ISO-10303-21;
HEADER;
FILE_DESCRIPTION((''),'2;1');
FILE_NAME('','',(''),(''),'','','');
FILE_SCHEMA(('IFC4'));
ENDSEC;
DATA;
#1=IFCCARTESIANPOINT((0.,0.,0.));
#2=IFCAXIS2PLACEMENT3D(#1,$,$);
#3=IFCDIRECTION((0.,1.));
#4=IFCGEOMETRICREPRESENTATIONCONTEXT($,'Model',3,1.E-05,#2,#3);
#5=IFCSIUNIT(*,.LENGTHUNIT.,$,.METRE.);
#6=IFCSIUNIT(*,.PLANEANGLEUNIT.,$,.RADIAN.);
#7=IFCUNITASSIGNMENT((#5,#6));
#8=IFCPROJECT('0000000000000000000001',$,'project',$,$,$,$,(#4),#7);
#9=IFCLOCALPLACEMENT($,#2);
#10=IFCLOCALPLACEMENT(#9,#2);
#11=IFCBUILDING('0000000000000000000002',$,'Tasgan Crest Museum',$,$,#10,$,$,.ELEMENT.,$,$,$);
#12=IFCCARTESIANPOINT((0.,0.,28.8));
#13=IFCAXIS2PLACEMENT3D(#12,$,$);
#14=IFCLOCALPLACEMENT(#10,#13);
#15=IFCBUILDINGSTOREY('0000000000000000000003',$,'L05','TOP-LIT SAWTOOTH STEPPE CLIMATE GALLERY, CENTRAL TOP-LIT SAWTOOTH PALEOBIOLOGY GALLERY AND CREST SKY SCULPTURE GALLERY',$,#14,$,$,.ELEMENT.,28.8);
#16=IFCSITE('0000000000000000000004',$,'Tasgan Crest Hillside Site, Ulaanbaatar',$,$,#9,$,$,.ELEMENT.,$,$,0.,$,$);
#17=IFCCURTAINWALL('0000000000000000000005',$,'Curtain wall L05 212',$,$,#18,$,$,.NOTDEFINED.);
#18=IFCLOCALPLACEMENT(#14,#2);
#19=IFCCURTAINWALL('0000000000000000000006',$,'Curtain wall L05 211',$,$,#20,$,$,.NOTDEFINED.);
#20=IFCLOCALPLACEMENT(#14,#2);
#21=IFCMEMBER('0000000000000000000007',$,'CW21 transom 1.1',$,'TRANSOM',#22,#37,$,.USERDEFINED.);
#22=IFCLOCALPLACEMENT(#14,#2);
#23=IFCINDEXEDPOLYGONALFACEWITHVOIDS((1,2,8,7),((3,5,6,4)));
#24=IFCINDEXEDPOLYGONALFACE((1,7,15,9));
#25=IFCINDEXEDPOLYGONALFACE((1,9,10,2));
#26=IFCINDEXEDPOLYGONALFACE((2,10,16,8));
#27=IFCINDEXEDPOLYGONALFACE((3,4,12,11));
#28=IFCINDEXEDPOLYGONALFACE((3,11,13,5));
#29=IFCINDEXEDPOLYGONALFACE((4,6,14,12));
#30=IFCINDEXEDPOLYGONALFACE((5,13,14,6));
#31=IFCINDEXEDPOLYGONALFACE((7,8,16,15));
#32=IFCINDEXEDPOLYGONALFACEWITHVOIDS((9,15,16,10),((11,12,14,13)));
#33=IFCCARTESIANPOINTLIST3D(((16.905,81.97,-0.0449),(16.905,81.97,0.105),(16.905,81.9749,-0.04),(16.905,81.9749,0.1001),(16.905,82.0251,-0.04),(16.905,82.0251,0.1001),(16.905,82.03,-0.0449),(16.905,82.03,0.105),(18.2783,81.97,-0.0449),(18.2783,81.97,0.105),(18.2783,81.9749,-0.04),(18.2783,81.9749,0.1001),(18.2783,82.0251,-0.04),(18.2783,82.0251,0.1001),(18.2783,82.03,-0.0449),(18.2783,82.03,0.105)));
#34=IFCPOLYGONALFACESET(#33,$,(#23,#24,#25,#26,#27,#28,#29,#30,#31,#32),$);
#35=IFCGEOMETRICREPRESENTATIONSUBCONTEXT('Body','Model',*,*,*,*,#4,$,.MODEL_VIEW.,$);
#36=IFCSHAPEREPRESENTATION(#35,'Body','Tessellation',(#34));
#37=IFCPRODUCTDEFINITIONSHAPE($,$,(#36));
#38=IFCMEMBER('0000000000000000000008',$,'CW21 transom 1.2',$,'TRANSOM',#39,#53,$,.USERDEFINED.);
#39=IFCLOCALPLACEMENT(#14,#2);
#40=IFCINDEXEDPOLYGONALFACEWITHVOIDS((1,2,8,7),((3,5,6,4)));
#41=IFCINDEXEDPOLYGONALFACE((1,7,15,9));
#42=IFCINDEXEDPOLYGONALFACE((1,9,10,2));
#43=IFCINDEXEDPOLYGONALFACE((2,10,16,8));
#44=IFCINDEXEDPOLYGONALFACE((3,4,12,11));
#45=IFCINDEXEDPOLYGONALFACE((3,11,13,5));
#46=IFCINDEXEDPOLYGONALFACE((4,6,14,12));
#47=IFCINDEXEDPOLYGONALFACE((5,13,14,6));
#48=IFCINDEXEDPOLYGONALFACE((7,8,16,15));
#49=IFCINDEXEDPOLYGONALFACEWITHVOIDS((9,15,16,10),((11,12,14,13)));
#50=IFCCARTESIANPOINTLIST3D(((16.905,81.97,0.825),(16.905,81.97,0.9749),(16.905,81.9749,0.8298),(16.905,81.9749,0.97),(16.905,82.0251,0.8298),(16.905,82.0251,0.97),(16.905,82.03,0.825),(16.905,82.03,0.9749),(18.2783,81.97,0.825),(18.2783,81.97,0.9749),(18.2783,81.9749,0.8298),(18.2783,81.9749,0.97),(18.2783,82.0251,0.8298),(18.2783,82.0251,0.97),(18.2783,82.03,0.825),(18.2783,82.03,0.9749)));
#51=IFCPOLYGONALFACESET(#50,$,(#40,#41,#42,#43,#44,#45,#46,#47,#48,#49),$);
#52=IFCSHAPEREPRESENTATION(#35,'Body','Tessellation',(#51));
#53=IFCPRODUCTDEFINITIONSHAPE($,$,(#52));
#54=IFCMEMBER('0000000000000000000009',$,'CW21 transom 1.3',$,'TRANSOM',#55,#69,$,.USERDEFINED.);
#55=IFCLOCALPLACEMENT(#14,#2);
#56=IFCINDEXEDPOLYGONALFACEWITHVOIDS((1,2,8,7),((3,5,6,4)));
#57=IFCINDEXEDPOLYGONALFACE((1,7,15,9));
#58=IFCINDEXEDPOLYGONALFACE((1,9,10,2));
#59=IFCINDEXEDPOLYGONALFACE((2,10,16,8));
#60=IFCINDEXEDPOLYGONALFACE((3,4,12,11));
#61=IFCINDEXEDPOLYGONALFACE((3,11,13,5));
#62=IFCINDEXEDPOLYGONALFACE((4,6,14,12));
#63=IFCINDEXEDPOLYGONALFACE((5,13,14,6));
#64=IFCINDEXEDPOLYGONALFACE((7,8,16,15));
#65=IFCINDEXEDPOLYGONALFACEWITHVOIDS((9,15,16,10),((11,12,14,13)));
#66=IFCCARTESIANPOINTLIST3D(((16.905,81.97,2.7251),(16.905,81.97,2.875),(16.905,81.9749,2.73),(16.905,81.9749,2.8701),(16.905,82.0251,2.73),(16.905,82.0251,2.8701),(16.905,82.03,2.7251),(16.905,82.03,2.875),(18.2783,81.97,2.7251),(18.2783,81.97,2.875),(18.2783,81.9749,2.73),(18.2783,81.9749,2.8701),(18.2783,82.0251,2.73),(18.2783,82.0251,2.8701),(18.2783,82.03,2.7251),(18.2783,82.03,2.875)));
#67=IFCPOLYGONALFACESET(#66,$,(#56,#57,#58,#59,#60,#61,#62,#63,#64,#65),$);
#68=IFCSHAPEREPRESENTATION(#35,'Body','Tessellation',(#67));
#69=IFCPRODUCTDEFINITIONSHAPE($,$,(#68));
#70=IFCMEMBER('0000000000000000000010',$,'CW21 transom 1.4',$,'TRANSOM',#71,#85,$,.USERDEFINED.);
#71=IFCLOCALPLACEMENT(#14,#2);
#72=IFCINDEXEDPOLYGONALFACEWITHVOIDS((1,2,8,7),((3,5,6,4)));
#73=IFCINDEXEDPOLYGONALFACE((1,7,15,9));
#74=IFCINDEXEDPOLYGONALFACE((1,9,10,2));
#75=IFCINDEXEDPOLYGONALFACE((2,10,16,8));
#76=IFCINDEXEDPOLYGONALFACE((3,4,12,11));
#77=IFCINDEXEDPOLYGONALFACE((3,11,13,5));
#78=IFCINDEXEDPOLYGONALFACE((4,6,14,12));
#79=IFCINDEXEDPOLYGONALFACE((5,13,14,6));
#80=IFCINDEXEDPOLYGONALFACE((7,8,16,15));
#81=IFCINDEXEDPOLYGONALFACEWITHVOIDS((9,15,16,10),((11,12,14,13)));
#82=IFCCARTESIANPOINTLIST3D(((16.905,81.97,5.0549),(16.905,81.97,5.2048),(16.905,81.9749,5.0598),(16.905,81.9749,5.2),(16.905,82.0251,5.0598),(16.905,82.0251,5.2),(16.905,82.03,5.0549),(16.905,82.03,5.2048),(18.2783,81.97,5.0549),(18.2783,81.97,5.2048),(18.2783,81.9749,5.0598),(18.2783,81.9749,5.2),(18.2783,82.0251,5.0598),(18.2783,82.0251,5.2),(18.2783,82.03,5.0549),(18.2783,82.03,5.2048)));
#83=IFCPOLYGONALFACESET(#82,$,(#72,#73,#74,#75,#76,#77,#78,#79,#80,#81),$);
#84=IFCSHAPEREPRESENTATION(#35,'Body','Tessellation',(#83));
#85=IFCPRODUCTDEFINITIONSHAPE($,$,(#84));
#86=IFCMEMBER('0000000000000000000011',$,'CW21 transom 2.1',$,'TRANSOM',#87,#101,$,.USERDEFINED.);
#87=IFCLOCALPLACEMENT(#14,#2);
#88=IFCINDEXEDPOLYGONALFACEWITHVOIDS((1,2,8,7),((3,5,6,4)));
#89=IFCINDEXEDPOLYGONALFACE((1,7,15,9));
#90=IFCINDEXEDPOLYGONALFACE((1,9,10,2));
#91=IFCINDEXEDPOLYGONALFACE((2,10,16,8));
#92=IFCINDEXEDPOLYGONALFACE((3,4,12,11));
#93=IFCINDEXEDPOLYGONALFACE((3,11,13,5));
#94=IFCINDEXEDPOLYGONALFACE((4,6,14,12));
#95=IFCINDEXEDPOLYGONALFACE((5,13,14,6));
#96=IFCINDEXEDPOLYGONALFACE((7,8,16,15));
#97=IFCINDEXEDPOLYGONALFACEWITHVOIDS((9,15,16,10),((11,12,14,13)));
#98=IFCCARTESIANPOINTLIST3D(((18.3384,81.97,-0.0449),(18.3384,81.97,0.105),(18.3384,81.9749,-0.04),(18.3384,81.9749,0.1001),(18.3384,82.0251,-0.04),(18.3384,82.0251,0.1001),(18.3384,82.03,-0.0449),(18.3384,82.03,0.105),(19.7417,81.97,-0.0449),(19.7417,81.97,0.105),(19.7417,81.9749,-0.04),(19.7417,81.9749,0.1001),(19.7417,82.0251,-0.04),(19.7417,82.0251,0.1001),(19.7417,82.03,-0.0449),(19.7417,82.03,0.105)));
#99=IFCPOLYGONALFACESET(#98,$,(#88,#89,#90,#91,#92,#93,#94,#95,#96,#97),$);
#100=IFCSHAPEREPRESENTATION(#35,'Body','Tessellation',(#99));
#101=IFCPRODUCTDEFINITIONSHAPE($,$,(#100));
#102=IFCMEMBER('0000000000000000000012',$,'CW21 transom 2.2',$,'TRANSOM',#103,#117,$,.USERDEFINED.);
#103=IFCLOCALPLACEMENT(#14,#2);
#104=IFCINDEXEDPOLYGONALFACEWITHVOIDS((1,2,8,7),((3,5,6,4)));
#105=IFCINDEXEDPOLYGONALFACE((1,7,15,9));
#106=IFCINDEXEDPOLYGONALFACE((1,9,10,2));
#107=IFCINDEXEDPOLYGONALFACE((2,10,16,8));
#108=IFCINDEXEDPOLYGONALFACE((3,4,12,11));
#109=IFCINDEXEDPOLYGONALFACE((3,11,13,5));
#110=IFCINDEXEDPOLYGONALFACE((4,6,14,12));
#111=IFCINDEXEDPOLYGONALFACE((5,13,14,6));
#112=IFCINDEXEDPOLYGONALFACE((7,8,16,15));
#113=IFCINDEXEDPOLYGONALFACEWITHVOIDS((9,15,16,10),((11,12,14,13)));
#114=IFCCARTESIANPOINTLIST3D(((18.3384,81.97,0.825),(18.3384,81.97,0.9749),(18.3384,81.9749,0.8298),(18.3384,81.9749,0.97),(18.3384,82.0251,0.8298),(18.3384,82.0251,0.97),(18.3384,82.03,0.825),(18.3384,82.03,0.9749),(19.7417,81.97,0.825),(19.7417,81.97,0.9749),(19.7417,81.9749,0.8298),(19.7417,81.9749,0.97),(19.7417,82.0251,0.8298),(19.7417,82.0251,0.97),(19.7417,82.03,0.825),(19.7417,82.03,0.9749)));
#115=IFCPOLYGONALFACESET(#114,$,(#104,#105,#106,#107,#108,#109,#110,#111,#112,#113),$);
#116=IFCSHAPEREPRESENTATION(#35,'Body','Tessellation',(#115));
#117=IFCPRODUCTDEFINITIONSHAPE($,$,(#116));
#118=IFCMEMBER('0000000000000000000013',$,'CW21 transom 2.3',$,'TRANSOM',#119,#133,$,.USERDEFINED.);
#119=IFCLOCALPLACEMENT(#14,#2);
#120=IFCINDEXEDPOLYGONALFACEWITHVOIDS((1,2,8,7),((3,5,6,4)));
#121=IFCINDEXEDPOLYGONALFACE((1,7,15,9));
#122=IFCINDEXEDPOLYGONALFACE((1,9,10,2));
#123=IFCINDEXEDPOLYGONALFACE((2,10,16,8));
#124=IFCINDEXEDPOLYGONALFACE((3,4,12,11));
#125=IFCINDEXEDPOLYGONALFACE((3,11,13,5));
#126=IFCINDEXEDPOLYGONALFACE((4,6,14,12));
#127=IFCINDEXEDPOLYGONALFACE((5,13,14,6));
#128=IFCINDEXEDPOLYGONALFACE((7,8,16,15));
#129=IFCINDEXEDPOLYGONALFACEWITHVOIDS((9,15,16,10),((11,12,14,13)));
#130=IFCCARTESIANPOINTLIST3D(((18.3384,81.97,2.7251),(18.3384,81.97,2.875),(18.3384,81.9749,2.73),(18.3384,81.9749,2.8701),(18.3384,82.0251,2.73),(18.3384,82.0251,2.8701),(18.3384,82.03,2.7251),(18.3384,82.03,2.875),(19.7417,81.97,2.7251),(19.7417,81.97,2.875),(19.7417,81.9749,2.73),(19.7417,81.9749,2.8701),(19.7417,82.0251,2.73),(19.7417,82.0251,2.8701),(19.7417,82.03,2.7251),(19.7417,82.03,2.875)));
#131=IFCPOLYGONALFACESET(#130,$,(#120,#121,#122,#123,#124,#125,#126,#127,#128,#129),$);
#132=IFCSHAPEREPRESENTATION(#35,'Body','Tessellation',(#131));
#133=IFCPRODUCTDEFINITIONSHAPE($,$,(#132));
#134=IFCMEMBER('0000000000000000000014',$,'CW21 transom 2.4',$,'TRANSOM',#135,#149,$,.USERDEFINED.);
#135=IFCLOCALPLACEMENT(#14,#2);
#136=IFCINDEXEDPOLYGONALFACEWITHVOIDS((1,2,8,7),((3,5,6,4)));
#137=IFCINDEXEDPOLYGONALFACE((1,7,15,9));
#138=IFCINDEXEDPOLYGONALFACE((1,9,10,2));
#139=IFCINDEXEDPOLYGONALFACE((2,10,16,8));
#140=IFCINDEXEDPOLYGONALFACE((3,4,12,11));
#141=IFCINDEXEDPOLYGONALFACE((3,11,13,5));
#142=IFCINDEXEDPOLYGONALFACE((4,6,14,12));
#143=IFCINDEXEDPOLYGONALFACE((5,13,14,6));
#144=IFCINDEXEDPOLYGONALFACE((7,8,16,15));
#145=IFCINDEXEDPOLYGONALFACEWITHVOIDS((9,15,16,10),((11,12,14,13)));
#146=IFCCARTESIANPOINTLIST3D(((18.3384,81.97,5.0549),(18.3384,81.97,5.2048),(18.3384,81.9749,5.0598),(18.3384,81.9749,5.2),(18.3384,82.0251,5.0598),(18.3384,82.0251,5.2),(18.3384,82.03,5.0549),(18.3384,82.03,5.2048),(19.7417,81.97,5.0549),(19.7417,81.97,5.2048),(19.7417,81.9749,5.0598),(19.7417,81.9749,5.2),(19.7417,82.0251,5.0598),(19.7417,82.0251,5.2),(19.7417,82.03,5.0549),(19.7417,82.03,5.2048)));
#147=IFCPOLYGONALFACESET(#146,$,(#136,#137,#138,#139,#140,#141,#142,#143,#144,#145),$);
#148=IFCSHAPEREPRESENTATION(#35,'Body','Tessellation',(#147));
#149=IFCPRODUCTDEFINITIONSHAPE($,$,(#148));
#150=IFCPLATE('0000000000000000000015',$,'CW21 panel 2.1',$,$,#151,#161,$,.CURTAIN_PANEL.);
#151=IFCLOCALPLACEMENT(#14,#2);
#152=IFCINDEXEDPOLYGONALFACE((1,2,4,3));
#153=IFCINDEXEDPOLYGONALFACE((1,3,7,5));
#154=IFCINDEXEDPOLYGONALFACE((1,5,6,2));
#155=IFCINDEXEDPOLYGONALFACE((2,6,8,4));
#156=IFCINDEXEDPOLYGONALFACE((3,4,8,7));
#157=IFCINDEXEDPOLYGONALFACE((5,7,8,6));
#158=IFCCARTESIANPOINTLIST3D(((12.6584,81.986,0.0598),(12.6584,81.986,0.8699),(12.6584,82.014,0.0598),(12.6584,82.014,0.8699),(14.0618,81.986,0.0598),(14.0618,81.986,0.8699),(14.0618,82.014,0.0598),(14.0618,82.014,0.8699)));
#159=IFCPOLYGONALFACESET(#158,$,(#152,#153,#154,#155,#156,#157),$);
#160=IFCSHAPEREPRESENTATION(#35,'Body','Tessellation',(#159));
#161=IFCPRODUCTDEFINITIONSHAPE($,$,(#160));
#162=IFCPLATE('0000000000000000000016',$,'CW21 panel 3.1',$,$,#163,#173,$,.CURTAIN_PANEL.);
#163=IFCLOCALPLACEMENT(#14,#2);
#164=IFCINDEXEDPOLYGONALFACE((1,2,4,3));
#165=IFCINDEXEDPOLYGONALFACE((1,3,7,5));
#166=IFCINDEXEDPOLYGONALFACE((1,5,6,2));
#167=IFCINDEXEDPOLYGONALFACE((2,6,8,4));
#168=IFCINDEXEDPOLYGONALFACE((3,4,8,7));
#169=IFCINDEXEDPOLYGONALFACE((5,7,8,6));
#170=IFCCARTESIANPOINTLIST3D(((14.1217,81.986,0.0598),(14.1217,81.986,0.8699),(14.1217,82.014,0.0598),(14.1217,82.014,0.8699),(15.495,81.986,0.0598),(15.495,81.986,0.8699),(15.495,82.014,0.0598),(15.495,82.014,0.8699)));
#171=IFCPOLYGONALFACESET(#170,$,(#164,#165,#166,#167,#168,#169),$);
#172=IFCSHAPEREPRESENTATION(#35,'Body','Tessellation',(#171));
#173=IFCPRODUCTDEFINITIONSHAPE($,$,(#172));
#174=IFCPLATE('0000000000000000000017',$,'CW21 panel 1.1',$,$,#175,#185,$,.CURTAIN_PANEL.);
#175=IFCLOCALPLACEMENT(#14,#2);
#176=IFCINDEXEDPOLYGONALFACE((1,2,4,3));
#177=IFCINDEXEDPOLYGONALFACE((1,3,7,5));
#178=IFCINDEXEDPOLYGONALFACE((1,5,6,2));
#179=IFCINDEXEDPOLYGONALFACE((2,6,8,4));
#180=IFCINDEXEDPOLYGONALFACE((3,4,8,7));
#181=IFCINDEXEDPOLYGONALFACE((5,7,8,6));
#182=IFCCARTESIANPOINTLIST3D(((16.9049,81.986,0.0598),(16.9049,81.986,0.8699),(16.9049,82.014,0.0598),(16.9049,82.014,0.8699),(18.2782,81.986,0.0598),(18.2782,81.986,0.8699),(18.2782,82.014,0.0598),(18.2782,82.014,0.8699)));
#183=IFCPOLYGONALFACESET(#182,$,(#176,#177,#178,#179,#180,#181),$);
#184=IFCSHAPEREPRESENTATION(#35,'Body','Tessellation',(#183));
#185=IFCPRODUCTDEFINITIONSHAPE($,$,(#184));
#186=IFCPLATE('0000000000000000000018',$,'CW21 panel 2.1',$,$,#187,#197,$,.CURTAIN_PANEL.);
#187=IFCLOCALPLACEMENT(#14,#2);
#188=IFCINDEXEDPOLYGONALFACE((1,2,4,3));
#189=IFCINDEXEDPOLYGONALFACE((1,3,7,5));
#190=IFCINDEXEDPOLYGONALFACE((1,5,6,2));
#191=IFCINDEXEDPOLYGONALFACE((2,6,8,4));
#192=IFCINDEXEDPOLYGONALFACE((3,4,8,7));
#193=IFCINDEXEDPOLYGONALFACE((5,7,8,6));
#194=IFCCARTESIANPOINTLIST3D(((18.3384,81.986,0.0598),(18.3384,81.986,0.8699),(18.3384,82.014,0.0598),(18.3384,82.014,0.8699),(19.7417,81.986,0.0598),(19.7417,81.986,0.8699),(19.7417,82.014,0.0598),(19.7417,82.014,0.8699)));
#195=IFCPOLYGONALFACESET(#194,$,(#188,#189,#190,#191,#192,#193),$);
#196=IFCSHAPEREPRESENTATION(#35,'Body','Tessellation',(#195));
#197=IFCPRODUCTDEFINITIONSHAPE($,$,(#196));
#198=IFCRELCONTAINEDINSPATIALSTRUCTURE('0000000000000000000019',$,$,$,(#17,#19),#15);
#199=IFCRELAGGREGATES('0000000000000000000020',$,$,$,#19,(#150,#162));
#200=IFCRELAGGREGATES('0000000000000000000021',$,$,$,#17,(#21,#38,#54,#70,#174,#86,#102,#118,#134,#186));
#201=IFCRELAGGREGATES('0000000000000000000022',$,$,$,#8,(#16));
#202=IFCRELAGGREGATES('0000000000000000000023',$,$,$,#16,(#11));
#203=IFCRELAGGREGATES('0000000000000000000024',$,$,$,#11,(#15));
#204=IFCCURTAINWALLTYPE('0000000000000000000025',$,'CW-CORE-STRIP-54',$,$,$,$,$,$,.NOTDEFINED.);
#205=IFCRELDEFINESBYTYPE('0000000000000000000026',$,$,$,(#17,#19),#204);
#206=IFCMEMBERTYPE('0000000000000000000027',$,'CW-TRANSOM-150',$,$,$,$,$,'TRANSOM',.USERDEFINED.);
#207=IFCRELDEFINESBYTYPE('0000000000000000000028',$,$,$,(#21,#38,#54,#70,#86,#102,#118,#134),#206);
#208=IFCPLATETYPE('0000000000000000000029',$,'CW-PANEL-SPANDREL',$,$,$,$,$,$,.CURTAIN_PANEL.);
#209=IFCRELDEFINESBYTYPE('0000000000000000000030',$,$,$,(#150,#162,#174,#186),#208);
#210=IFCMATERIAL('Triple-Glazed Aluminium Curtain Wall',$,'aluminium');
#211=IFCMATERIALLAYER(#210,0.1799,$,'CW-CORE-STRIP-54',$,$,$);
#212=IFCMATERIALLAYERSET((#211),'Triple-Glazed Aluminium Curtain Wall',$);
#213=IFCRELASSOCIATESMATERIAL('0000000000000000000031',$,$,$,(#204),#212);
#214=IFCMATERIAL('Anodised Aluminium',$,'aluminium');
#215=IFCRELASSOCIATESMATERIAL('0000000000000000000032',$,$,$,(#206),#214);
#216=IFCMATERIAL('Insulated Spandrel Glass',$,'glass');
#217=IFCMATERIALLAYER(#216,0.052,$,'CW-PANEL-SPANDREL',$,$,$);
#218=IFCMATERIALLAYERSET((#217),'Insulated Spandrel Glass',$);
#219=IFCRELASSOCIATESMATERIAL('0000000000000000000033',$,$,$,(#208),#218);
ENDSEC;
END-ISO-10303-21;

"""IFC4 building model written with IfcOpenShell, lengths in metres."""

from ifc_helpers import new_model, si_unit, direction, frame, origin, origin_2d, place, context, subcontext, project, spatial, rectangle, hollow_rectangle, extrude, material, layer, layer_set, material_profile, profile_set, type_object, element, aggregate, save


model = new_model("IFC4")

# Units and contexts
model_context = context("Model", 3, precision=1e-05, world=origin(), true_north=direction((0.0, 1.0)))
body_context = subcontext(model_context, "Body", "Model", "MODEL_VIEW")
ifc_project = project(units=[si_unit("LENGTHUNIT", "METRE"), si_unit("PLANEANGLEUNIT", "RADIAN")], contexts=[model_context])

# Site, building, storey
site_placement = place(None, origin())
site = spatial("IfcSite", under=ifc_project, at=site_placement, Name="Tasgan Crest Hillside Site, Ulaanbaatar", CompositionType="ELEMENT", RefElevation=0.0)
building_placement = place(site_placement, origin())
building = spatial("IfcBuilding", under=site, at=building_placement, Name="Tasgan Crest Museum", CompositionType="ELEMENT")
storey_placement = place(building_placement, frame((0.0, 0.0, 28.8)))
storey = spatial("IfcBuildingStorey", under=building, at=storey_placement, Name="L05", Description="TOP-LIT SAWTOOTH STEPPE CLIMATE GALLERY, CENTRAL TOP-LIT SAWTOOTH PALEOBIOLOGY GALLERY AND CREST SKY SCULPTURE GALLERY", CompositionType="ELEMENT", Elevation=28.8)

# Curtain walls
ifc_material_1 = material(Name="Triple-Glazed Aluminium Curtain Wall", Category="aluminium")
ifc_layer_1 = layer(ifc_material_1, 0.1799, Name="CW-CORE-STRIP-54")
ifc_layer_set_1 = layer_set([ifc_layer_1], Name="Triple-Glazed Aluminium Curtain Wall")
curtain_wall_type = type_object("IfcCurtainWallType", Name="CW-CORE-STRIP-54", PredefinedType="NOTDEFINED", material=ifc_layer_set_1)
curtain_wall_1_placement = place(storey_placement, origin())
curtain_wall_1 = element("IfcCurtainWall", 1, at=curtain_wall_1_placement, inside=storey, type_object=curtain_wall_type, Name="Curtain wall L05 212", PredefinedType="NOTDEFINED")
curtain_wall_2_placement = place(storey_placement, origin())
curtain_wall_2 = element("IfcCurtainWall", 2, at=curtain_wall_2_placement, inside=storey, type_object=curtain_wall_type, Name="Curtain wall L05 211", PredefinedType="NOTDEFINED")
ifc_material_2 = material(Name="Anodised Aluminium", Category="aluminium")
ifc_material_profile_1 = material_profile(ifc_material_2, hollow_rectangle(XDim=0.0601, YDim=0.1499, WallThickness=0.0049, at=origin_2d()), Name="ALU TRANSOM 150x60x5")
ifc_profile_set_1 = profile_set([ifc_material_profile_1], Name="Anodised Aluminium")
member_type_1 = type_object("IfcMemberType", Name="CW-TRANSOM-150", ElementType="TRANSOM", PredefinedType="USERDEFINED", material=ifc_profile_set_1)

# Members
member_1_placement = place(storey_placement, frame((16.905, 82.0, 0.03), z_axis=(1.0, 0.0, 0.0), x_axis=(0.0, 1.0, 0.0)))
member_1 = element("IfcMember", 3, at=member_1_placement, type_object=member_type_1, Name="CW21 transom 1.1", ObjectType="TRANSOM", PredefinedType="USERDEFINED", context=body_context, shape_type="SweptSolid", body=[
    extrude(hollow_rectangle(XDim=0.0601, YDim=0.1499, WallThickness=0.0049, at=origin_2d()), origin(), (0.0, 0.0, 1.0), 1.3733),
])
member_2_placement = place(storey_placement, frame((16.905, 82.0, 0.8999), z_axis=(1.0, 0.0, 0.0), x_axis=(0.0, 1.0, 0.0)))
member_2 = element("IfcMember", 4, at=member_2_placement, type_object=member_type_1, Name="CW21 transom 1.2", ObjectType="TRANSOM", PredefinedType="USERDEFINED", context=body_context, shape_type="SweptSolid", body=[
    extrude(hollow_rectangle(XDim=0.0601, YDim=0.1499, WallThickness=0.0049, at=origin_2d()), origin(), (0.0, 0.0, 1.0), 1.3733),
])
member_3_placement = place(storey_placement, frame((16.905, 82.0, 2.8), z_axis=(1.0, 0.0, 0.0), x_axis=(0.0, 1.0, 0.0)))
member_3 = element("IfcMember", 5, at=member_3_placement, type_object=member_type_1, Name="CW21 transom 1.3", ObjectType="TRANSOM", PredefinedType="USERDEFINED", context=body_context, shape_type="SweptSolid", body=[
    extrude(hollow_rectangle(XDim=0.0601, YDim=0.1499, WallThickness=0.0049, at=origin_2d()), origin(), (0.0, 0.0, 1.0), 1.3733),
])
member_4_placement = place(storey_placement, frame((16.905, 82.0, 5.1299), z_axis=(1.0, 0.0, 0.0), x_axis=(0.0, 1.0, 0.0)))
member_4 = element("IfcMember", 6, at=member_4_placement, type_object=member_type_1, Name="CW21 transom 1.4", ObjectType="TRANSOM", PredefinedType="USERDEFINED", context=body_context, shape_type="SweptSolid", body=[
    extrude(hollow_rectangle(XDim=0.0601, YDim=0.1499, WallThickness=0.0049, at=origin_2d()), origin(), (0.0, 0.0, 1.0), 1.3733),
])
member_5_placement = place(storey_placement, frame((18.3384, 82.0, 0.03), z_axis=(1.0, 0.0, 0.0), x_axis=(0.0, 1.0, 0.0)))
member_5 = element("IfcMember", 7, at=member_5_placement, type_object=member_type_1, Name="CW21 transom 2.1", ObjectType="TRANSOM", PredefinedType="USERDEFINED", context=body_context, shape_type="SweptSolid", body=[
    extrude(hollow_rectangle(XDim=0.0601, YDim=0.1499, WallThickness=0.0049, at=origin_2d()), origin(), (0.0, 0.0, 1.0), 1.4033),
])
member_6_placement = place(storey_placement, frame((18.3384, 82.0, 0.8999), z_axis=(1.0, 0.0, 0.0), x_axis=(0.0, 1.0, 0.0)))
member_6 = element("IfcMember", 8, at=member_6_placement, type_object=member_type_1, Name="CW21 transom 2.2", ObjectType="TRANSOM", PredefinedType="USERDEFINED", context=body_context, shape_type="SweptSolid", body=[
    extrude(hollow_rectangle(XDim=0.0601, YDim=0.1499, WallThickness=0.0049, at=origin_2d()), origin(), (0.0, 0.0, 1.0), 1.4033),
])
member_7_placement = place(storey_placement, frame((18.3384, 82.0, 2.8), z_axis=(1.0, 0.0, 0.0), x_axis=(0.0, 1.0, 0.0)))
member_7 = element("IfcMember", 9, at=member_7_placement, type_object=member_type_1, Name="CW21 transom 2.3", ObjectType="TRANSOM", PredefinedType="USERDEFINED", context=body_context, shape_type="SweptSolid", body=[
    extrude(hollow_rectangle(XDim=0.0601, YDim=0.1499, WallThickness=0.0049, at=origin_2d()), origin(), (0.0, 0.0, 1.0), 1.4033),
])
member_8_placement = place(storey_placement, frame((18.3384, 82.0, 5.1299), z_axis=(1.0, 0.0, 0.0), x_axis=(0.0, 1.0, 0.0)))
member_8 = element("IfcMember", 10, at=member_8_placement, type_object=member_type_1, Name="CW21 transom 2.4", ObjectType="TRANSOM", PredefinedType="USERDEFINED", context=body_context, shape_type="SweptSolid", body=[
    extrude(hollow_rectangle(XDim=0.0601, YDim=0.1499, WallThickness=0.0049, at=origin_2d()), origin(), (0.0, 0.0, 1.0), 1.4033),
])

# Plates
ifc_material_3 = material(Name="Insulated Spandrel Glass", Category="glass")
ifc_layer_2 = layer(ifc_material_3, 0.052, Name="CW-PANEL-SPANDREL")
ifc_layer_set_2 = layer_set([ifc_layer_2], Name="Insulated Spandrel Glass")
plate_type_1 = type_object("IfcPlateType", Name="CW-PANEL-SPANDREL", PredefinedType="CURTAIN_PANEL", material=ifc_layer_set_2)
plate_1_placement = place(storey_placement, frame((13.3601, 82.0, 0.0598), z_axis=(0.0, 0.0, 1.0), x_axis=(1.0, 0.0, 0.0)))
plate_1 = element("IfcPlate", 11, at=plate_1_placement, type_object=plate_type_1, Name="CW21 panel 2.1", PredefinedType="CURTAIN_PANEL", context=body_context, shape_type="SweptSolid", body=[
    extrude(rectangle(XDim=1.4033, YDim=0.0281, at=origin_2d()), origin(), (0.0, 0.0, 1.0), 0.8101),
])
plate_2_placement = place(storey_placement, frame((14.8083, 82.0, 0.0598), z_axis=(0.0, 0.0, 1.0), x_axis=(1.0, 0.0, 0.0)))
plate_2 = element("IfcPlate", 12, at=plate_2_placement, type_object=plate_type_1, Name="CW21 panel 3.1", PredefinedType="CURTAIN_PANEL", context=body_context, shape_type="SweptSolid", body=[
    extrude(rectangle(XDim=1.3733, YDim=0.0281, at=origin_2d()), origin(), (0.0, 0.0, 1.0), 0.8101),
])
plate_3_placement = place(storey_placement, frame((17.5916, 82.0, 0.0598), z_axis=(0.0, 0.0, 1.0), x_axis=(1.0, 0.0, 0.0)))
plate_3 = element("IfcPlate", 13, at=plate_3_placement, type_object=plate_type_1, Name="CW21 panel 1.1", PredefinedType="CURTAIN_PANEL", context=body_context, shape_type="SweptSolid", body=[
    extrude(rectangle(XDim=1.3733, YDim=0.0281, at=origin_2d()), origin(), (0.0, 0.0, 1.0), 0.8101),
])
plate_4_placement = place(storey_placement, frame((19.04, 82.0, 0.0598), z_axis=(0.0, 0.0, 1.0), x_axis=(1.0, 0.0, 0.0)))
plate_4 = element("IfcPlate", 14, at=plate_4_placement, type_object=plate_type_1, Name="CW21 panel 2.1", PredefinedType="CURTAIN_PANEL", context=body_context, shape_type="SweptSolid", body=[
    extrude(rectangle(XDim=1.4033, YDim=0.0281, at=origin_2d()), origin(), (0.0, 0.0, 1.0), 0.8101),
])
aggregate(curtain_wall_2, [plate_1, plate_2])
aggregate(curtain_wall_1, [member_1, member_2, member_3, member_4, plate_3, member_5, member_6, member_7, member_8, plate_4])

save(model, "model.ifc")
